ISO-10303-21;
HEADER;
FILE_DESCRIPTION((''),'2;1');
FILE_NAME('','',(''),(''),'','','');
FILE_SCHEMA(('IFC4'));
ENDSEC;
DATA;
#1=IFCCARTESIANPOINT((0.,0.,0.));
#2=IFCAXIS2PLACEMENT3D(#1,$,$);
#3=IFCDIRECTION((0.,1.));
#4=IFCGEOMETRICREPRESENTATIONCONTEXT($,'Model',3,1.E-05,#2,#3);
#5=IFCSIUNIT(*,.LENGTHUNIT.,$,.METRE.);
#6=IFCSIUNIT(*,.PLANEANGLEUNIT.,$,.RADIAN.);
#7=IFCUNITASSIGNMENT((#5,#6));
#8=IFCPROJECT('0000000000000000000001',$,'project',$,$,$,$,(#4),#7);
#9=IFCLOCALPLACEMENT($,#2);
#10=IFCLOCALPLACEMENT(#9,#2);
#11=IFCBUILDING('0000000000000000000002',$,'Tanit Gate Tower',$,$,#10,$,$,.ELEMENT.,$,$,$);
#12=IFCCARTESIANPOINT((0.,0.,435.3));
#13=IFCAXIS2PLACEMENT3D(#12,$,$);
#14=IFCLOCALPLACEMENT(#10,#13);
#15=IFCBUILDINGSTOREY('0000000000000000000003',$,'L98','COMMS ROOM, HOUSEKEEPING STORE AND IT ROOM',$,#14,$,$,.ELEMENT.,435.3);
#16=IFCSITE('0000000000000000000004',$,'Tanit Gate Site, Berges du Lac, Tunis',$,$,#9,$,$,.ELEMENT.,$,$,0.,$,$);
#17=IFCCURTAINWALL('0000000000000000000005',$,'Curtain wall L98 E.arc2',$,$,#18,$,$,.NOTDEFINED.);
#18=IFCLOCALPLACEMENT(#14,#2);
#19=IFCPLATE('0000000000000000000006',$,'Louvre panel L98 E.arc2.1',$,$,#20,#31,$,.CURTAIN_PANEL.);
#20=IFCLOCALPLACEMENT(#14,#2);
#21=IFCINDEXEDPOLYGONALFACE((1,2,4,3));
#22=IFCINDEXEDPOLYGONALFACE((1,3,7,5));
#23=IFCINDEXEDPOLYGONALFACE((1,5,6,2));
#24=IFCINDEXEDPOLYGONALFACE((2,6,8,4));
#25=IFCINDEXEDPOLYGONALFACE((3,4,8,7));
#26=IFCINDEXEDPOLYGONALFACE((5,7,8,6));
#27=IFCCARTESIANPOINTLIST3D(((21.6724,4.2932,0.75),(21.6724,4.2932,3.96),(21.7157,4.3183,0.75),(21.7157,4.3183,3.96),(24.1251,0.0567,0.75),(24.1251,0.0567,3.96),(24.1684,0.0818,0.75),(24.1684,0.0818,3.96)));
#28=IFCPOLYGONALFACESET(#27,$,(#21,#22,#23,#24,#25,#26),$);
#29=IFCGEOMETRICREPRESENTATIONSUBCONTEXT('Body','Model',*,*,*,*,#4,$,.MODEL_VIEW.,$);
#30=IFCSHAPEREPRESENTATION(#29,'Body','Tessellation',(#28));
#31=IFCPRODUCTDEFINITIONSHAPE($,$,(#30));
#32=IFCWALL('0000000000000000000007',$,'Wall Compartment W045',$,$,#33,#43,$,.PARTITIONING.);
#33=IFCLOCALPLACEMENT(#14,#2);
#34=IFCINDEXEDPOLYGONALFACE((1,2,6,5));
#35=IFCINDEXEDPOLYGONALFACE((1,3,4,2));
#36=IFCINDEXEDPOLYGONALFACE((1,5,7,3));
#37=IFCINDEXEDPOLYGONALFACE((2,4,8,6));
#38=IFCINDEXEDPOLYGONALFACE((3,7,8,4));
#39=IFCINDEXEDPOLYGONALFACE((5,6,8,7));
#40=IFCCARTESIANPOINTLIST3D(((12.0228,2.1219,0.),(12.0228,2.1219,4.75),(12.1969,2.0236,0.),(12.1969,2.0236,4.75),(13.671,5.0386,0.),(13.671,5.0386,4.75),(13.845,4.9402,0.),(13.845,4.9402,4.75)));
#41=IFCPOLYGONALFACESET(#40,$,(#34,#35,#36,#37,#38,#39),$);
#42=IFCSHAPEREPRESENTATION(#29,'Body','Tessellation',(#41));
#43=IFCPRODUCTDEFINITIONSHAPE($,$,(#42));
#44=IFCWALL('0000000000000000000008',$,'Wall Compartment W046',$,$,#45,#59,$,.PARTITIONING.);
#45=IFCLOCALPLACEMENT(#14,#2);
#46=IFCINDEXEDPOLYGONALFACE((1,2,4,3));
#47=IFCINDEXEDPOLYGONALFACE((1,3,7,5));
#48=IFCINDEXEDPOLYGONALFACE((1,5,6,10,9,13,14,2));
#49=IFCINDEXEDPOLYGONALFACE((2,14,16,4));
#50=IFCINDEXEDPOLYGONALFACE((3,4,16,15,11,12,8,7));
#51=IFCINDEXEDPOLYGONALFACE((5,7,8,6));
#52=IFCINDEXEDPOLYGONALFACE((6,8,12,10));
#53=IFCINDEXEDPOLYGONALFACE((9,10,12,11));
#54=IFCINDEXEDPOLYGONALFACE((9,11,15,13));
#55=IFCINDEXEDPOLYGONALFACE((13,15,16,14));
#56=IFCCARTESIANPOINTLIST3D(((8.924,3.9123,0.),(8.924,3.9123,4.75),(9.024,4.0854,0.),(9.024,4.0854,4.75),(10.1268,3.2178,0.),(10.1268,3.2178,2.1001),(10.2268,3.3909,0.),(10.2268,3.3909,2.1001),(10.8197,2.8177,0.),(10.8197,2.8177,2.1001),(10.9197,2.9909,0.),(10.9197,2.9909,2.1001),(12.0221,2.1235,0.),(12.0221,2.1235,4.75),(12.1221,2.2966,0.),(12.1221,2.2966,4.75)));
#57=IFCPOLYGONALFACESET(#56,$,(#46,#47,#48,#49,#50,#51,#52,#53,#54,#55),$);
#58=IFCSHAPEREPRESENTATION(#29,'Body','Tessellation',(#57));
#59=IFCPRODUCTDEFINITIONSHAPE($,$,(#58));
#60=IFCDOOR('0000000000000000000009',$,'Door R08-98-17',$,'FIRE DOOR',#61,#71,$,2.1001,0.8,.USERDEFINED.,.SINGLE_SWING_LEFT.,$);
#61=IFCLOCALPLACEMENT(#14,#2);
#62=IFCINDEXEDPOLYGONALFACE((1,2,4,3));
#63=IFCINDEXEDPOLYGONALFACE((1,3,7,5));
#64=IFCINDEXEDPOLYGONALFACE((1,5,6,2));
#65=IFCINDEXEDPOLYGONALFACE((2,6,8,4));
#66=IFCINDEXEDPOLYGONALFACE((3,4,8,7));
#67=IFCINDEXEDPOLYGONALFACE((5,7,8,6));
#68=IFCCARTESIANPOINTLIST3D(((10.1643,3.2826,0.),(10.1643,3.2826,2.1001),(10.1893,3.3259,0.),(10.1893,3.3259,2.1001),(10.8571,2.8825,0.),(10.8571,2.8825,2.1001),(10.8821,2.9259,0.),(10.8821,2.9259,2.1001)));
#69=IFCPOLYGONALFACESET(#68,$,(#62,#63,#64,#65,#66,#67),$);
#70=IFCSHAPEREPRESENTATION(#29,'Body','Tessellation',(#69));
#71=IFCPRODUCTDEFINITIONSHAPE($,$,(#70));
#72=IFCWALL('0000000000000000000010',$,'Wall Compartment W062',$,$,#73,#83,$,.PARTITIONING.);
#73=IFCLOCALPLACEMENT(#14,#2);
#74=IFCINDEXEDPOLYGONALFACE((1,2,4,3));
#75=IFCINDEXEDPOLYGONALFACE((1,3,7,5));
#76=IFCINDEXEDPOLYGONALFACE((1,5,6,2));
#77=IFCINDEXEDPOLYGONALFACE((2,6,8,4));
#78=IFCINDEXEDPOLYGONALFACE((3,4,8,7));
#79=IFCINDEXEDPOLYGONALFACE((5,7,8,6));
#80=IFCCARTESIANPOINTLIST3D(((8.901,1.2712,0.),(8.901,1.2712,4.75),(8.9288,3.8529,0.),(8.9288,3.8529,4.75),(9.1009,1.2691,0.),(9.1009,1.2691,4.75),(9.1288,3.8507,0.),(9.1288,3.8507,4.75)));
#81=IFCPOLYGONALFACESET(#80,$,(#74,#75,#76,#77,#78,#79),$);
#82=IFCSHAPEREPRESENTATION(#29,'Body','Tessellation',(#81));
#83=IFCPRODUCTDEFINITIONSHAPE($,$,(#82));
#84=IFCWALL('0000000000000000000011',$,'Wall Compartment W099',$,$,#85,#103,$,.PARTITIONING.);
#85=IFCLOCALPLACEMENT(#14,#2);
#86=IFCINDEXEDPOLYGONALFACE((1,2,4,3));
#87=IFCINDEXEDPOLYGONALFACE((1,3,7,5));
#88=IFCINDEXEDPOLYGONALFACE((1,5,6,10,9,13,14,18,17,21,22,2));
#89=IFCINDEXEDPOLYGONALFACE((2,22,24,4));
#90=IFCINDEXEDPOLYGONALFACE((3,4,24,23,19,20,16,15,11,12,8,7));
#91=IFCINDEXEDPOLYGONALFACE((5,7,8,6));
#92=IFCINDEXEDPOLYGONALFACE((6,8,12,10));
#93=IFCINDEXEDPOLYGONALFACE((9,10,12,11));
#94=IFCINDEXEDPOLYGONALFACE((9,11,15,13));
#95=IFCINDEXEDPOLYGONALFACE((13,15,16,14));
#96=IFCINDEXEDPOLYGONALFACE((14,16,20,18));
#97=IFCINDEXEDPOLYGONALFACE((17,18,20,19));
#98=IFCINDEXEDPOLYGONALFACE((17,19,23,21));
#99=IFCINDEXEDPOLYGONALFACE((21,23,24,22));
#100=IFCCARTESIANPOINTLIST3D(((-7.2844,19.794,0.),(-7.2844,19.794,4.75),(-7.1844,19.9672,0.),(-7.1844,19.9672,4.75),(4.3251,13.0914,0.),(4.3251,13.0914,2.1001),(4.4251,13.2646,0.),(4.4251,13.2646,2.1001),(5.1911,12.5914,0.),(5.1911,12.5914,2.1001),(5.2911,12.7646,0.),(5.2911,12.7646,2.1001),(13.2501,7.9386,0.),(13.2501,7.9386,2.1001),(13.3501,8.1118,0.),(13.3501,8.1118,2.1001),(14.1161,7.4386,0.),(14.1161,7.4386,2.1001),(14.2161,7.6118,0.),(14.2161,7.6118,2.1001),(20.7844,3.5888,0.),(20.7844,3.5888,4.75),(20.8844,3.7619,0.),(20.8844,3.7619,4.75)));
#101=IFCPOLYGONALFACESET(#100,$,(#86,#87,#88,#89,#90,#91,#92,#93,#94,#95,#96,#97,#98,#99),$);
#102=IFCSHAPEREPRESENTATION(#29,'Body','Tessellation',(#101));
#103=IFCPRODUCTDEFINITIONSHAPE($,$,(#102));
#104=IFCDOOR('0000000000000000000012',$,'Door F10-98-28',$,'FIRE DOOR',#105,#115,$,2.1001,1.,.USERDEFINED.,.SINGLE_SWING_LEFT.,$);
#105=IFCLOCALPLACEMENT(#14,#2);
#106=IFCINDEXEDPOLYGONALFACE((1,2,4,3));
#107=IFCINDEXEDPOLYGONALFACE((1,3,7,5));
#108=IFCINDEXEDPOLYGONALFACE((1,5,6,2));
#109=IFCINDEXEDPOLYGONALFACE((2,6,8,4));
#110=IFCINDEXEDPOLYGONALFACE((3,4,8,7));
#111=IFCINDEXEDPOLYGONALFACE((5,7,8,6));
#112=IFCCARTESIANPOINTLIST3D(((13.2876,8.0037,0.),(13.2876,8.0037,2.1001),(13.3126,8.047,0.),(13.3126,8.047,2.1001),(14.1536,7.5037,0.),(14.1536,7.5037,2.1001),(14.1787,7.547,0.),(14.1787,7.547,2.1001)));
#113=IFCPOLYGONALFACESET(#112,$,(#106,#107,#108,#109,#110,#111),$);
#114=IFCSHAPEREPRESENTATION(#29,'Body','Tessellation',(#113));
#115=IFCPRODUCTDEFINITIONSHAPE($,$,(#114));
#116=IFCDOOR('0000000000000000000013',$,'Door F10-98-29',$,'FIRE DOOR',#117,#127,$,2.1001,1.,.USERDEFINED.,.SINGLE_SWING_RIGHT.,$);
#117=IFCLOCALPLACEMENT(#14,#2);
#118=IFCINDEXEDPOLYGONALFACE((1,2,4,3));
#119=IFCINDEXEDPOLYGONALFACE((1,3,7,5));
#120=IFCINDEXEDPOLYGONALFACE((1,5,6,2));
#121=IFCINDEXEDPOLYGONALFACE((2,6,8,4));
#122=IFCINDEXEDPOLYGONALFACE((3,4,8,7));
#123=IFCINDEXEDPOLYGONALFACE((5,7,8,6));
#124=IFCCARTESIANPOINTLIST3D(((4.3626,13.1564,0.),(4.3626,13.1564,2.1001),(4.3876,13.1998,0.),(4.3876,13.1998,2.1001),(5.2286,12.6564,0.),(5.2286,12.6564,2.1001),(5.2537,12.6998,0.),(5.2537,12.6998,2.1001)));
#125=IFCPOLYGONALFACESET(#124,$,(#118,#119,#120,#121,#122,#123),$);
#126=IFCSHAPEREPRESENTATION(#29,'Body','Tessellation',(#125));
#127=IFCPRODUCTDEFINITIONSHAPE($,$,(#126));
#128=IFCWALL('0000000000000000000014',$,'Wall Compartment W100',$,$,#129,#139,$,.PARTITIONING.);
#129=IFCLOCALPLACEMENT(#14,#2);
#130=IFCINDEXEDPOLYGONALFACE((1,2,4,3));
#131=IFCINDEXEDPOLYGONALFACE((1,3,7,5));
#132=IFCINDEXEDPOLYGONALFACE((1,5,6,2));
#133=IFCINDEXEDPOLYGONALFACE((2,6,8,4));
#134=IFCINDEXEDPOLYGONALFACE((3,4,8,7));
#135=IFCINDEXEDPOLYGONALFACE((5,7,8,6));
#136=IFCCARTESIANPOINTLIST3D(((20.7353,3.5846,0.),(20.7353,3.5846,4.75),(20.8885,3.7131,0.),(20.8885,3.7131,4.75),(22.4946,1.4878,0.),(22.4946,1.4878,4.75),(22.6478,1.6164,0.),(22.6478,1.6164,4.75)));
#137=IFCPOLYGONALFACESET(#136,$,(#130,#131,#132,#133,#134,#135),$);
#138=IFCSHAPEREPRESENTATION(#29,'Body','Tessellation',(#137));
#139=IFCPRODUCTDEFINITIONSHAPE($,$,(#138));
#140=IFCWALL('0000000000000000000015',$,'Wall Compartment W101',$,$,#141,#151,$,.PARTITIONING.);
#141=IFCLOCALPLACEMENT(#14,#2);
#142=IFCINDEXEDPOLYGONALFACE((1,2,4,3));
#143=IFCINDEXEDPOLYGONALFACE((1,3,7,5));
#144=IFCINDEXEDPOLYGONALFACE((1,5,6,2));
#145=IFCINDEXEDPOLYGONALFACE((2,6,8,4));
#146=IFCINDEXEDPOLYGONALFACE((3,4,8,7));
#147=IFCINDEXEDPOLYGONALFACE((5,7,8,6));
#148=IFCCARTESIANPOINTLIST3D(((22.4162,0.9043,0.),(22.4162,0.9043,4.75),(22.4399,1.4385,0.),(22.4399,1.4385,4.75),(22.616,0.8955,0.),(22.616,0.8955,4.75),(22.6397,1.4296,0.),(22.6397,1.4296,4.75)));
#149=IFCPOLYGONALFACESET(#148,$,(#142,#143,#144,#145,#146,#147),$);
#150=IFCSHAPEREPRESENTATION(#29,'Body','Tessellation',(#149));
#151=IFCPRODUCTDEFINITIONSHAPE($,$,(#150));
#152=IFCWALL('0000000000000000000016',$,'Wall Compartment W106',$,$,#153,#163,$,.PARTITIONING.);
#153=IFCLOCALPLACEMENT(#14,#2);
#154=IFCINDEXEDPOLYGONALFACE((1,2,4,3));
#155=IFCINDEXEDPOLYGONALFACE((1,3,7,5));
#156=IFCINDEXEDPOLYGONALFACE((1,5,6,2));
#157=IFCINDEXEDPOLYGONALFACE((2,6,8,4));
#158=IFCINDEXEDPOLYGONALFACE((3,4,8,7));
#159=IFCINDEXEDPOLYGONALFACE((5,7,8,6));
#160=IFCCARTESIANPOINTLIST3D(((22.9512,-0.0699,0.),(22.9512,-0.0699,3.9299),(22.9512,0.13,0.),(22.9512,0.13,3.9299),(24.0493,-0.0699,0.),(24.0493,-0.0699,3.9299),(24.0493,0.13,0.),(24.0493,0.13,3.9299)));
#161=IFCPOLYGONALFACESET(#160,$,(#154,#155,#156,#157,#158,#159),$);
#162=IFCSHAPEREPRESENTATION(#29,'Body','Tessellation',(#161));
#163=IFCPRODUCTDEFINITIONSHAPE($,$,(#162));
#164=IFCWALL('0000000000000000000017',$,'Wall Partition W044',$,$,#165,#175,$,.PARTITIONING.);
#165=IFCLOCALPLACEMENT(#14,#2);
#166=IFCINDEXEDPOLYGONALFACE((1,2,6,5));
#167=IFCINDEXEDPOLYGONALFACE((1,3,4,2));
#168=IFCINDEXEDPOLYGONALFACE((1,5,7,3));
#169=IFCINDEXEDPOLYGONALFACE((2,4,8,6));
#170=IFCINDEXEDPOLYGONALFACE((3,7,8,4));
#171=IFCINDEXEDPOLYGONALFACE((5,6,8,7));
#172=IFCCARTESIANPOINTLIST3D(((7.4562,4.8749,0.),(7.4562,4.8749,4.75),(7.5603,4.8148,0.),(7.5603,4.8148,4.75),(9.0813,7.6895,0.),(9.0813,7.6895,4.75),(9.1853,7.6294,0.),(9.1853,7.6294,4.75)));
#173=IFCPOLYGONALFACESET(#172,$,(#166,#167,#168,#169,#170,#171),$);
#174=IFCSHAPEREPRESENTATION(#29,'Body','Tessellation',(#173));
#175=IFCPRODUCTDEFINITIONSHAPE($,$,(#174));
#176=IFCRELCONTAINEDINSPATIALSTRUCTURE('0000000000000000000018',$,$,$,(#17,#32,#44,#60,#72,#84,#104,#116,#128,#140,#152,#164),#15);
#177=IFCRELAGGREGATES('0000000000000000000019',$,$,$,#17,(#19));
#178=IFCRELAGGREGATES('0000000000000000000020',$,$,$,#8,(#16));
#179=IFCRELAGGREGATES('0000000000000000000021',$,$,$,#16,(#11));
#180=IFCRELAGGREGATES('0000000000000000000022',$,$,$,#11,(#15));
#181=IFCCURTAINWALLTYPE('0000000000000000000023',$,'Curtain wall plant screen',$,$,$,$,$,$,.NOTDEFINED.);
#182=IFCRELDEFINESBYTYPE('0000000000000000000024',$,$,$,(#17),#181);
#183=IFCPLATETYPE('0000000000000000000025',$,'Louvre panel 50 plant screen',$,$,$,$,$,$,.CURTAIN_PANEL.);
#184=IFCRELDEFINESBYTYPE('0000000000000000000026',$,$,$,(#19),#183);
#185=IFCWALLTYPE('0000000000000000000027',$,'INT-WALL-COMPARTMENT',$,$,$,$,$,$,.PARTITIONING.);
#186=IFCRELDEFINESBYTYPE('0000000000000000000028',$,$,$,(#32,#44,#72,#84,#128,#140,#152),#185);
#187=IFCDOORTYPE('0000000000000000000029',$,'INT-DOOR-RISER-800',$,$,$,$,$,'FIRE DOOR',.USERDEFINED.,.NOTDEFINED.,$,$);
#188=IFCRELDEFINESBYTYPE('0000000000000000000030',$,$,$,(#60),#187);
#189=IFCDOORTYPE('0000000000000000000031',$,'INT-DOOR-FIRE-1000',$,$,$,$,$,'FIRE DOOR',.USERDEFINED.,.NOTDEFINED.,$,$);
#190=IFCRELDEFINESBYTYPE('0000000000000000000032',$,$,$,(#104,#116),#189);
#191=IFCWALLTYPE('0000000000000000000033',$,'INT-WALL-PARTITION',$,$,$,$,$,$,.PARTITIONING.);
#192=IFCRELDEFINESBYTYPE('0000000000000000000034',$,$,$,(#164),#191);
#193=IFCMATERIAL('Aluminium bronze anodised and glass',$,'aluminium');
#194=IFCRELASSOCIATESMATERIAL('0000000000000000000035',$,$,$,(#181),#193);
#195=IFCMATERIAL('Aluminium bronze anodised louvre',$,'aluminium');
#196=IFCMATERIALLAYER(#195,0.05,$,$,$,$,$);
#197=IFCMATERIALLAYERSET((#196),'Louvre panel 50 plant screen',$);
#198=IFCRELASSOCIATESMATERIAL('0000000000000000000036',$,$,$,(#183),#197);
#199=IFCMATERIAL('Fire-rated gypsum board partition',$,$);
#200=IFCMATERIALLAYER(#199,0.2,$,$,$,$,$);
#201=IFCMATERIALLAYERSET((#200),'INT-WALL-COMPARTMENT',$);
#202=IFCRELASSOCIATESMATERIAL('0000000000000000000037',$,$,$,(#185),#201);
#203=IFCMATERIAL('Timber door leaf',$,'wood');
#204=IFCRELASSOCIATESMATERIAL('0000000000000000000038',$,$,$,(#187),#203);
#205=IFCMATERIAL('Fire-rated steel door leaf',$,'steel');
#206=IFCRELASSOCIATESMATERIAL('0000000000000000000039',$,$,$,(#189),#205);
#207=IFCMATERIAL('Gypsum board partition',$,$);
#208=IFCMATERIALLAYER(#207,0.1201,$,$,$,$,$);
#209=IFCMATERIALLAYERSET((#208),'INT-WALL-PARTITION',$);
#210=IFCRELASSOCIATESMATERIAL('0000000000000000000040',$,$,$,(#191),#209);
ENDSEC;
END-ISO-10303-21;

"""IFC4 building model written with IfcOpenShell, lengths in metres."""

from ifc_helpers import new_model, si_unit, direction, frame, frame_2d, origin, origin_2d, place, context, subcontext, project, spatial, rectangle, extrude, material, layer, layer_set, type_object, element, fill, aggregate, save


model = new_model("IFC4")

# Units and contexts
model_context = context("Model", 3, precision=1e-05, world=origin(), true_north=direction((0.0, 1.0)))
body_context = subcontext(model_context, "Body", "Model", "MODEL_VIEW")
ifc_project = project(units=[si_unit("LENGTHUNIT", "METRE"), si_unit("PLANEANGLEUNIT", "RADIAN")], contexts=[model_context])

# Site, building, storey
site_placement = place(None, origin())
site = spatial("IfcSite", under=ifc_project, at=site_placement, Name="Tanit Gate Site, Berges du Lac, Tunis", CompositionType="ELEMENT", RefElevation=0.0)
building_placement = place(site_placement, origin())
building = spatial("IfcBuilding", under=site, at=building_placement, Name="Tanit Gate Tower", CompositionType="ELEMENT")
storey_placement = place(building_placement, frame((0.0, 0.0, 435.3)))
storey = spatial("IfcBuildingStorey", under=building, at=storey_placement, Name="L98", Description="COMMS ROOM, HOUSEKEEPING STORE AND IT ROOM", CompositionType="ELEMENT", Elevation=435.3)

# Shared definitions
ifc_material_1 = material(Name="Aluminium bronze anodised and glass", Category="aluminium")
curtain_wall_type = type_object("IfcCurtainWallType", Name="Curtain wall plant screen", PredefinedType="NOTDEFINED", material=ifc_material_1)

# Curtain wall
curtain_wall_1_placement = place(storey_placement, origin())
curtain_wall_1 = element("IfcCurtainWall", 1, at=curtain_wall_1_placement, inside=storey, type_object=curtain_wall_type, Name="Curtain wall L98 E.arc2", PredefinedType="NOTDEFINED")

# Plate
ifc_material_2 = material(Name="Aluminium bronze anodised louvre", Category="aluminium")
ifc_layer_1 = layer(ifc_material_2, 0.05)
ifc_layer_set_1 = layer_set([ifc_layer_1], Name="Louvre panel 50 plant screen")
plate_type = type_object("IfcPlateType", Name="Louvre panel 50 plant screen", PredefinedType="CURTAIN_PANEL", material=ifc_layer_set_1)
plate_1_placement = place(storey_placement, frame((22.9204, 2.1875, 0.75), z_axis=(0.0, 0.0, 1.0), x_axis=(-0.501038, 0.865425, 0.0)))
plate_1 = element("IfcPlate", 2, at=plate_1_placement, type_object=plate_type, Name="Louvre panel L98 E.arc2.1", PredefinedType="CURTAIN_PANEL", context=body_context, shape_type="SweptSolid", body=[
    extrude(rectangle(XDim=4.8953, YDim=0.05, at=origin_2d()), origin(), (0.0, 0.0, 1.0), 3.21),
])
aggregate(curtain_wall_1, [plate_1])

# Wall
ifc_material_3 = material(Name="Fire-rated gypsum board partition")
ifc_layer_2 = layer(ifc_material_3, 0.2)
ifc_layer_set_2 = layer_set([ifc_layer_2], Name="INT-WALL-COMPARTMENT")
wall_type_1 = type_object("IfcWallType", Name="INT-WALL-COMPARTMENT", PredefinedType="PARTITIONING", material=ifc_layer_set_2)
wall_1_placement = place(storey_placement, frame((12.1099, 2.0728, 0.0), z_axis=(0.0, 0.0, 1.0), x_axis=(0.491966, 0.870614, 0.0)))
element("IfcWall", 3, at=wall_1_placement, inside=storey, type_object=wall_type_1, Name="Wall Compartment W045", PredefinedType="PARTITIONING", context=body_context, shape_type="SweptSolid", body=[
    extrude(rectangle(XDim=3.3501, YDim=0.2, at=frame_2d((1.675, 0.0))), origin(), (0.0, 0.0, 1.0), 4.75),
])

# Wall, opening, door
wall_2_placement = place(storey_placement, frame((8.9741, 3.9988, 0.0), z_axis=(0.0, 0.0, 1.0), x_axis=(0.866013, -0.500022, 0.0)))
wall_2 = element("IfcWall", 4, at=wall_2_placement, inside=storey, type_object=wall_type_1, Name="Wall Compartment W046", PredefinedType="PARTITIONING", context=body_context, shape_type="SweptSolid", body=[
    extrude(rectangle(XDim=3.5774, YDim=0.2, at=frame_2d((1.7886, 0.0))), origin(), (0.0, 0.0, 1.0), 4.75),
])
opening_1_placement = place(wall_2_placement, frame((1.3889, 0.0, 0.0)))
opening_1 = element("IfcOpeningElement", 5, at=opening_1_placement, cuts=wall_2, PredefinedType="OPENING", context=body_context, shape_type="SweptSolid", body=[
    extrude(rectangle(XDim=0.8, YDim=2.1001, at=frame_2d((0.3999, 1.05))), frame((0.0, 0.1099, 0.0), z_axis=(0.0, -1.0, 0.0), x_axis=(1.0, 0.0, 0.0)), (0.0, 0.0, 1.0), 0.22),
])
ifc_material_4 = material(Name="Timber door leaf", Category="wood")
door_type_1 = type_object("IfcDoorType", Name="INT-DOOR-RISER-800", ElementType="FIRE DOOR", OperationType="NOTDEFINED", PredefinedType="USERDEFINED", material=ifc_material_4)
door_1_placement = place(opening_1_placement, origin())
door_1 = element("IfcDoor", 6, at=door_1_placement, inside=storey, type_object=door_type_1, Name="Door R08-98-17", ObjectType="FIRE DOOR", OperationType="SINGLE_SWING_LEFT", OverallHeight=2.1001, OverallWidth=0.8, PredefinedType="USERDEFINED", context=body_context, shape_type="SweptSolid", body=[
    extrude(rectangle(XDim=0.8, YDim=2.1001, at=frame_2d((0.3999, 1.05))), frame((0.0, 0.0249, 0.0), z_axis=(0.0, -1.0, 0.0), x_axis=(1.0, 0.0, 0.0)), (0.0, 0.0, 1.0), 0.05),
])
fill(opening_1, door_1)

# Wall
wall_3_placement = place(storey_placement, frame((9.001, 1.27, 0.0), z_axis=(0.0, 0.0, 1.0), x_axis=(0.010781, 0.999942, 0.0)))
element("IfcWall", 7, at=wall_3_placement, inside=storey, type_object=wall_type_1, Name="Wall Compartment W062", PredefinedType="PARTITIONING", context=body_context, shape_type="SweptSolid", body=[
    extrude(rectangle(XDim=2.5818, YDim=0.2, at=frame_2d((1.291, 0.0))), origin(), (0.0, 0.0, 1.0), 4.75),
])

# Wall, openings, doors
wall_4_placement = place(storey_placement, frame((20.8345, 3.6753, 0.0), z_axis=(0.0, 0.0, 1.0), x_axis=(-0.866029, 0.499995, 0.0)))
wall_4 = element("IfcWall", 8, at=wall_4_placement, inside=storey, type_object=wall_type_1, Name="Wall Compartment W099", PredefinedType="PARTITIONING", context=body_context, shape_type="SweptSolid", body=[
    extrude(rectangle(XDim=32.4109, YDim=0.2, at=frame_2d((16.2056, 0.0))), origin(), (0.0, 0.0, 1.0), 4.75),
])
opening_2_placement = place(wall_4_placement, frame((7.7, 0.0, 0.0)))
opening_2 = element("IfcOpeningElement", 9, at=opening_2_placement, cuts=wall_4, PredefinedType="OPENING", context=body_context, shape_type="SweptSolid", body=[
    extrude(rectangle(XDim=1.0, YDim=2.1001, at=frame_2d((0.5, 1.05))), frame((0.0, 0.1099, 0.0), z_axis=(0.0, -1.0, 0.0), x_axis=(1.0, 0.0, 0.0)), (0.0, 0.0, 1.0), 0.22),
])
opening_3_placement = place(wall_4_placement, frame((18.0056, 0.0, 0.0)))
opening_3 = element("IfcOpeningElement", 10, at=opening_3_placement, cuts=wall_4, PredefinedType="OPENING", context=body_context, shape_type="SweptSolid", body=[
    extrude(rectangle(XDim=1.0, YDim=2.1001, at=frame_2d((0.5, 1.05))), frame((0.0, 0.1099, 0.0), z_axis=(0.0, -1.0, 0.0), x_axis=(1.0, 0.0, 0.0)), (0.0, 0.0, 1.0), 0.22),
])
ifc_material_5 = material(Name="Fire-rated steel door leaf", Category="steel")
door_type_2 = type_object("IfcDoorType", Name="INT-DOOR-FIRE-1000", ElementType="FIRE DOOR", OperationType="NOTDEFINED", PredefinedType="USERDEFINED", material=ifc_material_5)
door_2_placement = place(opening_2_placement, origin())
door_2 = element("IfcDoor", 11, at=door_2_placement, inside=storey, type_object=door_type_2, Name="Door F10-98-28", ObjectType="FIRE DOOR", OperationType="SINGLE_SWING_LEFT", OverallHeight=2.1001, OverallWidth=1.0, PredefinedType="USERDEFINED", context=body_context, shape_type="SweptSolid", body=[
    extrude(rectangle(XDim=1.0, YDim=2.1001, at=frame_2d((0.5, 1.05))), frame((0.0, 0.0249, 0.0), z_axis=(0.0, -1.0, 0.0), x_axis=(1.0, 0.0, 0.0)), (0.0, 0.0, 1.0), 0.05),
])
fill(opening_2, door_2)
door_3_placement = place(opening_3_placement, origin())
door_3 = element("IfcDoor", 12, at=door_3_placement, inside=storey, type_object=door_type_2, Name="Door F10-98-29", ObjectType="FIRE DOOR", OperationType="SINGLE_SWING_RIGHT", OverallHeight=2.1001, OverallWidth=1.0, PredefinedType="USERDEFINED", context=body_context, shape_type="SweptSolid", body=[
    extrude(rectangle(XDim=1.0, YDim=2.1001, at=frame_2d((0.5, 1.05))), frame((0.0, 0.0249, 0.0), z_axis=(0.0, -1.0, 0.0), x_axis=(1.0, 0.0, 0.0)), (0.0, 0.0, 1.0), 0.05),
])
fill(opening_3, door_3)

# Walls
wall_5_placement = place(storey_placement, frame((22.5713, 1.552, 0.0), z_axis=(0.0, 0.0, 1.0), x_axis=(-0.642778, 0.766053, 0.0)))
element("IfcWall", 13, at=wall_5_placement, inside=storey, type_object=wall_type_1, Name="Wall Compartment W100", PredefinedType="PARTITIONING", context=body_context, shape_type="SweptSolid", body=[
    extrude(rectangle(XDim=2.7371, YDim=0.2, at=frame_2d((1.3687, 0.0))), origin(), (0.0, 0.0, 1.0), 4.75),
])
wall_6_placement = place(storey_placement, frame((22.5161, 0.8999, 0.0), z_axis=(0.0, 0.0, 1.0), x_axis=(0.044289, 0.999019, 0.0)))
element("IfcWall", 14, at=wall_6_placement, inside=storey, type_object=wall_type_1, Name="Wall Compartment W101", PredefinedType="PARTITIONING", context=body_context, shape_type="SweptSolid", body=[
    extrude(rectangle(XDim=0.5347, YDim=0.2, at=frame_2d((0.2673, 0.0))), origin(), (0.0, 0.0, 1.0), 4.75),
])
wall_7_placement = place(storey_placement, frame((22.9512, 0.03, 0.0), z_axis=(0.0, 0.0, 1.0), x_axis=(1.0, 0.0, 0.0)))
element("IfcWall", 15, at=wall_7_placement, inside=storey, type_object=wall_type_1, Name="Wall Compartment W106", PredefinedType="PARTITIONING", context=body_context, shape_type="SweptSolid", body=[
    extrude(rectangle(XDim=1.0981, YDim=0.2, at=frame_2d((0.5491, 0.0))), origin(), (0.0, 0.0, 1.0), 3.9299),
])
ifc_material_6 = material(Name="Gypsum board partition")
ifc_layer_3 = layer(ifc_material_6, 0.1201)
ifc_layer_set_3 = layer_set([ifc_layer_3], Name="INT-WALL-PARTITION")
wall_type_2 = type_object("IfcWallType", Name="INT-WALL-PARTITION", PredefinedType="PARTITIONING", material=ifc_layer_set_3)
wall_8_placement = place(storey_placement, frame((9.1333, 7.6594, 0.0), z_axis=(0.0, 0.0, 1.0), x_axis=(-0.500017, -0.866015, 0.0)))
element("IfcWall", 16, at=wall_8_placement, inside=storey, type_object=wall_type_2, Name="Wall Partition W044", PredefinedType="PARTITIONING", context=body_context, shape_type="SweptSolid", body=[
    extrude(rectangle(XDim=3.25, YDim=0.1201, at=frame_2d((1.625, 0.0))), origin(), (0.0, 0.0, 1.0), 4.75),
])

save(model, "model.ifc")
